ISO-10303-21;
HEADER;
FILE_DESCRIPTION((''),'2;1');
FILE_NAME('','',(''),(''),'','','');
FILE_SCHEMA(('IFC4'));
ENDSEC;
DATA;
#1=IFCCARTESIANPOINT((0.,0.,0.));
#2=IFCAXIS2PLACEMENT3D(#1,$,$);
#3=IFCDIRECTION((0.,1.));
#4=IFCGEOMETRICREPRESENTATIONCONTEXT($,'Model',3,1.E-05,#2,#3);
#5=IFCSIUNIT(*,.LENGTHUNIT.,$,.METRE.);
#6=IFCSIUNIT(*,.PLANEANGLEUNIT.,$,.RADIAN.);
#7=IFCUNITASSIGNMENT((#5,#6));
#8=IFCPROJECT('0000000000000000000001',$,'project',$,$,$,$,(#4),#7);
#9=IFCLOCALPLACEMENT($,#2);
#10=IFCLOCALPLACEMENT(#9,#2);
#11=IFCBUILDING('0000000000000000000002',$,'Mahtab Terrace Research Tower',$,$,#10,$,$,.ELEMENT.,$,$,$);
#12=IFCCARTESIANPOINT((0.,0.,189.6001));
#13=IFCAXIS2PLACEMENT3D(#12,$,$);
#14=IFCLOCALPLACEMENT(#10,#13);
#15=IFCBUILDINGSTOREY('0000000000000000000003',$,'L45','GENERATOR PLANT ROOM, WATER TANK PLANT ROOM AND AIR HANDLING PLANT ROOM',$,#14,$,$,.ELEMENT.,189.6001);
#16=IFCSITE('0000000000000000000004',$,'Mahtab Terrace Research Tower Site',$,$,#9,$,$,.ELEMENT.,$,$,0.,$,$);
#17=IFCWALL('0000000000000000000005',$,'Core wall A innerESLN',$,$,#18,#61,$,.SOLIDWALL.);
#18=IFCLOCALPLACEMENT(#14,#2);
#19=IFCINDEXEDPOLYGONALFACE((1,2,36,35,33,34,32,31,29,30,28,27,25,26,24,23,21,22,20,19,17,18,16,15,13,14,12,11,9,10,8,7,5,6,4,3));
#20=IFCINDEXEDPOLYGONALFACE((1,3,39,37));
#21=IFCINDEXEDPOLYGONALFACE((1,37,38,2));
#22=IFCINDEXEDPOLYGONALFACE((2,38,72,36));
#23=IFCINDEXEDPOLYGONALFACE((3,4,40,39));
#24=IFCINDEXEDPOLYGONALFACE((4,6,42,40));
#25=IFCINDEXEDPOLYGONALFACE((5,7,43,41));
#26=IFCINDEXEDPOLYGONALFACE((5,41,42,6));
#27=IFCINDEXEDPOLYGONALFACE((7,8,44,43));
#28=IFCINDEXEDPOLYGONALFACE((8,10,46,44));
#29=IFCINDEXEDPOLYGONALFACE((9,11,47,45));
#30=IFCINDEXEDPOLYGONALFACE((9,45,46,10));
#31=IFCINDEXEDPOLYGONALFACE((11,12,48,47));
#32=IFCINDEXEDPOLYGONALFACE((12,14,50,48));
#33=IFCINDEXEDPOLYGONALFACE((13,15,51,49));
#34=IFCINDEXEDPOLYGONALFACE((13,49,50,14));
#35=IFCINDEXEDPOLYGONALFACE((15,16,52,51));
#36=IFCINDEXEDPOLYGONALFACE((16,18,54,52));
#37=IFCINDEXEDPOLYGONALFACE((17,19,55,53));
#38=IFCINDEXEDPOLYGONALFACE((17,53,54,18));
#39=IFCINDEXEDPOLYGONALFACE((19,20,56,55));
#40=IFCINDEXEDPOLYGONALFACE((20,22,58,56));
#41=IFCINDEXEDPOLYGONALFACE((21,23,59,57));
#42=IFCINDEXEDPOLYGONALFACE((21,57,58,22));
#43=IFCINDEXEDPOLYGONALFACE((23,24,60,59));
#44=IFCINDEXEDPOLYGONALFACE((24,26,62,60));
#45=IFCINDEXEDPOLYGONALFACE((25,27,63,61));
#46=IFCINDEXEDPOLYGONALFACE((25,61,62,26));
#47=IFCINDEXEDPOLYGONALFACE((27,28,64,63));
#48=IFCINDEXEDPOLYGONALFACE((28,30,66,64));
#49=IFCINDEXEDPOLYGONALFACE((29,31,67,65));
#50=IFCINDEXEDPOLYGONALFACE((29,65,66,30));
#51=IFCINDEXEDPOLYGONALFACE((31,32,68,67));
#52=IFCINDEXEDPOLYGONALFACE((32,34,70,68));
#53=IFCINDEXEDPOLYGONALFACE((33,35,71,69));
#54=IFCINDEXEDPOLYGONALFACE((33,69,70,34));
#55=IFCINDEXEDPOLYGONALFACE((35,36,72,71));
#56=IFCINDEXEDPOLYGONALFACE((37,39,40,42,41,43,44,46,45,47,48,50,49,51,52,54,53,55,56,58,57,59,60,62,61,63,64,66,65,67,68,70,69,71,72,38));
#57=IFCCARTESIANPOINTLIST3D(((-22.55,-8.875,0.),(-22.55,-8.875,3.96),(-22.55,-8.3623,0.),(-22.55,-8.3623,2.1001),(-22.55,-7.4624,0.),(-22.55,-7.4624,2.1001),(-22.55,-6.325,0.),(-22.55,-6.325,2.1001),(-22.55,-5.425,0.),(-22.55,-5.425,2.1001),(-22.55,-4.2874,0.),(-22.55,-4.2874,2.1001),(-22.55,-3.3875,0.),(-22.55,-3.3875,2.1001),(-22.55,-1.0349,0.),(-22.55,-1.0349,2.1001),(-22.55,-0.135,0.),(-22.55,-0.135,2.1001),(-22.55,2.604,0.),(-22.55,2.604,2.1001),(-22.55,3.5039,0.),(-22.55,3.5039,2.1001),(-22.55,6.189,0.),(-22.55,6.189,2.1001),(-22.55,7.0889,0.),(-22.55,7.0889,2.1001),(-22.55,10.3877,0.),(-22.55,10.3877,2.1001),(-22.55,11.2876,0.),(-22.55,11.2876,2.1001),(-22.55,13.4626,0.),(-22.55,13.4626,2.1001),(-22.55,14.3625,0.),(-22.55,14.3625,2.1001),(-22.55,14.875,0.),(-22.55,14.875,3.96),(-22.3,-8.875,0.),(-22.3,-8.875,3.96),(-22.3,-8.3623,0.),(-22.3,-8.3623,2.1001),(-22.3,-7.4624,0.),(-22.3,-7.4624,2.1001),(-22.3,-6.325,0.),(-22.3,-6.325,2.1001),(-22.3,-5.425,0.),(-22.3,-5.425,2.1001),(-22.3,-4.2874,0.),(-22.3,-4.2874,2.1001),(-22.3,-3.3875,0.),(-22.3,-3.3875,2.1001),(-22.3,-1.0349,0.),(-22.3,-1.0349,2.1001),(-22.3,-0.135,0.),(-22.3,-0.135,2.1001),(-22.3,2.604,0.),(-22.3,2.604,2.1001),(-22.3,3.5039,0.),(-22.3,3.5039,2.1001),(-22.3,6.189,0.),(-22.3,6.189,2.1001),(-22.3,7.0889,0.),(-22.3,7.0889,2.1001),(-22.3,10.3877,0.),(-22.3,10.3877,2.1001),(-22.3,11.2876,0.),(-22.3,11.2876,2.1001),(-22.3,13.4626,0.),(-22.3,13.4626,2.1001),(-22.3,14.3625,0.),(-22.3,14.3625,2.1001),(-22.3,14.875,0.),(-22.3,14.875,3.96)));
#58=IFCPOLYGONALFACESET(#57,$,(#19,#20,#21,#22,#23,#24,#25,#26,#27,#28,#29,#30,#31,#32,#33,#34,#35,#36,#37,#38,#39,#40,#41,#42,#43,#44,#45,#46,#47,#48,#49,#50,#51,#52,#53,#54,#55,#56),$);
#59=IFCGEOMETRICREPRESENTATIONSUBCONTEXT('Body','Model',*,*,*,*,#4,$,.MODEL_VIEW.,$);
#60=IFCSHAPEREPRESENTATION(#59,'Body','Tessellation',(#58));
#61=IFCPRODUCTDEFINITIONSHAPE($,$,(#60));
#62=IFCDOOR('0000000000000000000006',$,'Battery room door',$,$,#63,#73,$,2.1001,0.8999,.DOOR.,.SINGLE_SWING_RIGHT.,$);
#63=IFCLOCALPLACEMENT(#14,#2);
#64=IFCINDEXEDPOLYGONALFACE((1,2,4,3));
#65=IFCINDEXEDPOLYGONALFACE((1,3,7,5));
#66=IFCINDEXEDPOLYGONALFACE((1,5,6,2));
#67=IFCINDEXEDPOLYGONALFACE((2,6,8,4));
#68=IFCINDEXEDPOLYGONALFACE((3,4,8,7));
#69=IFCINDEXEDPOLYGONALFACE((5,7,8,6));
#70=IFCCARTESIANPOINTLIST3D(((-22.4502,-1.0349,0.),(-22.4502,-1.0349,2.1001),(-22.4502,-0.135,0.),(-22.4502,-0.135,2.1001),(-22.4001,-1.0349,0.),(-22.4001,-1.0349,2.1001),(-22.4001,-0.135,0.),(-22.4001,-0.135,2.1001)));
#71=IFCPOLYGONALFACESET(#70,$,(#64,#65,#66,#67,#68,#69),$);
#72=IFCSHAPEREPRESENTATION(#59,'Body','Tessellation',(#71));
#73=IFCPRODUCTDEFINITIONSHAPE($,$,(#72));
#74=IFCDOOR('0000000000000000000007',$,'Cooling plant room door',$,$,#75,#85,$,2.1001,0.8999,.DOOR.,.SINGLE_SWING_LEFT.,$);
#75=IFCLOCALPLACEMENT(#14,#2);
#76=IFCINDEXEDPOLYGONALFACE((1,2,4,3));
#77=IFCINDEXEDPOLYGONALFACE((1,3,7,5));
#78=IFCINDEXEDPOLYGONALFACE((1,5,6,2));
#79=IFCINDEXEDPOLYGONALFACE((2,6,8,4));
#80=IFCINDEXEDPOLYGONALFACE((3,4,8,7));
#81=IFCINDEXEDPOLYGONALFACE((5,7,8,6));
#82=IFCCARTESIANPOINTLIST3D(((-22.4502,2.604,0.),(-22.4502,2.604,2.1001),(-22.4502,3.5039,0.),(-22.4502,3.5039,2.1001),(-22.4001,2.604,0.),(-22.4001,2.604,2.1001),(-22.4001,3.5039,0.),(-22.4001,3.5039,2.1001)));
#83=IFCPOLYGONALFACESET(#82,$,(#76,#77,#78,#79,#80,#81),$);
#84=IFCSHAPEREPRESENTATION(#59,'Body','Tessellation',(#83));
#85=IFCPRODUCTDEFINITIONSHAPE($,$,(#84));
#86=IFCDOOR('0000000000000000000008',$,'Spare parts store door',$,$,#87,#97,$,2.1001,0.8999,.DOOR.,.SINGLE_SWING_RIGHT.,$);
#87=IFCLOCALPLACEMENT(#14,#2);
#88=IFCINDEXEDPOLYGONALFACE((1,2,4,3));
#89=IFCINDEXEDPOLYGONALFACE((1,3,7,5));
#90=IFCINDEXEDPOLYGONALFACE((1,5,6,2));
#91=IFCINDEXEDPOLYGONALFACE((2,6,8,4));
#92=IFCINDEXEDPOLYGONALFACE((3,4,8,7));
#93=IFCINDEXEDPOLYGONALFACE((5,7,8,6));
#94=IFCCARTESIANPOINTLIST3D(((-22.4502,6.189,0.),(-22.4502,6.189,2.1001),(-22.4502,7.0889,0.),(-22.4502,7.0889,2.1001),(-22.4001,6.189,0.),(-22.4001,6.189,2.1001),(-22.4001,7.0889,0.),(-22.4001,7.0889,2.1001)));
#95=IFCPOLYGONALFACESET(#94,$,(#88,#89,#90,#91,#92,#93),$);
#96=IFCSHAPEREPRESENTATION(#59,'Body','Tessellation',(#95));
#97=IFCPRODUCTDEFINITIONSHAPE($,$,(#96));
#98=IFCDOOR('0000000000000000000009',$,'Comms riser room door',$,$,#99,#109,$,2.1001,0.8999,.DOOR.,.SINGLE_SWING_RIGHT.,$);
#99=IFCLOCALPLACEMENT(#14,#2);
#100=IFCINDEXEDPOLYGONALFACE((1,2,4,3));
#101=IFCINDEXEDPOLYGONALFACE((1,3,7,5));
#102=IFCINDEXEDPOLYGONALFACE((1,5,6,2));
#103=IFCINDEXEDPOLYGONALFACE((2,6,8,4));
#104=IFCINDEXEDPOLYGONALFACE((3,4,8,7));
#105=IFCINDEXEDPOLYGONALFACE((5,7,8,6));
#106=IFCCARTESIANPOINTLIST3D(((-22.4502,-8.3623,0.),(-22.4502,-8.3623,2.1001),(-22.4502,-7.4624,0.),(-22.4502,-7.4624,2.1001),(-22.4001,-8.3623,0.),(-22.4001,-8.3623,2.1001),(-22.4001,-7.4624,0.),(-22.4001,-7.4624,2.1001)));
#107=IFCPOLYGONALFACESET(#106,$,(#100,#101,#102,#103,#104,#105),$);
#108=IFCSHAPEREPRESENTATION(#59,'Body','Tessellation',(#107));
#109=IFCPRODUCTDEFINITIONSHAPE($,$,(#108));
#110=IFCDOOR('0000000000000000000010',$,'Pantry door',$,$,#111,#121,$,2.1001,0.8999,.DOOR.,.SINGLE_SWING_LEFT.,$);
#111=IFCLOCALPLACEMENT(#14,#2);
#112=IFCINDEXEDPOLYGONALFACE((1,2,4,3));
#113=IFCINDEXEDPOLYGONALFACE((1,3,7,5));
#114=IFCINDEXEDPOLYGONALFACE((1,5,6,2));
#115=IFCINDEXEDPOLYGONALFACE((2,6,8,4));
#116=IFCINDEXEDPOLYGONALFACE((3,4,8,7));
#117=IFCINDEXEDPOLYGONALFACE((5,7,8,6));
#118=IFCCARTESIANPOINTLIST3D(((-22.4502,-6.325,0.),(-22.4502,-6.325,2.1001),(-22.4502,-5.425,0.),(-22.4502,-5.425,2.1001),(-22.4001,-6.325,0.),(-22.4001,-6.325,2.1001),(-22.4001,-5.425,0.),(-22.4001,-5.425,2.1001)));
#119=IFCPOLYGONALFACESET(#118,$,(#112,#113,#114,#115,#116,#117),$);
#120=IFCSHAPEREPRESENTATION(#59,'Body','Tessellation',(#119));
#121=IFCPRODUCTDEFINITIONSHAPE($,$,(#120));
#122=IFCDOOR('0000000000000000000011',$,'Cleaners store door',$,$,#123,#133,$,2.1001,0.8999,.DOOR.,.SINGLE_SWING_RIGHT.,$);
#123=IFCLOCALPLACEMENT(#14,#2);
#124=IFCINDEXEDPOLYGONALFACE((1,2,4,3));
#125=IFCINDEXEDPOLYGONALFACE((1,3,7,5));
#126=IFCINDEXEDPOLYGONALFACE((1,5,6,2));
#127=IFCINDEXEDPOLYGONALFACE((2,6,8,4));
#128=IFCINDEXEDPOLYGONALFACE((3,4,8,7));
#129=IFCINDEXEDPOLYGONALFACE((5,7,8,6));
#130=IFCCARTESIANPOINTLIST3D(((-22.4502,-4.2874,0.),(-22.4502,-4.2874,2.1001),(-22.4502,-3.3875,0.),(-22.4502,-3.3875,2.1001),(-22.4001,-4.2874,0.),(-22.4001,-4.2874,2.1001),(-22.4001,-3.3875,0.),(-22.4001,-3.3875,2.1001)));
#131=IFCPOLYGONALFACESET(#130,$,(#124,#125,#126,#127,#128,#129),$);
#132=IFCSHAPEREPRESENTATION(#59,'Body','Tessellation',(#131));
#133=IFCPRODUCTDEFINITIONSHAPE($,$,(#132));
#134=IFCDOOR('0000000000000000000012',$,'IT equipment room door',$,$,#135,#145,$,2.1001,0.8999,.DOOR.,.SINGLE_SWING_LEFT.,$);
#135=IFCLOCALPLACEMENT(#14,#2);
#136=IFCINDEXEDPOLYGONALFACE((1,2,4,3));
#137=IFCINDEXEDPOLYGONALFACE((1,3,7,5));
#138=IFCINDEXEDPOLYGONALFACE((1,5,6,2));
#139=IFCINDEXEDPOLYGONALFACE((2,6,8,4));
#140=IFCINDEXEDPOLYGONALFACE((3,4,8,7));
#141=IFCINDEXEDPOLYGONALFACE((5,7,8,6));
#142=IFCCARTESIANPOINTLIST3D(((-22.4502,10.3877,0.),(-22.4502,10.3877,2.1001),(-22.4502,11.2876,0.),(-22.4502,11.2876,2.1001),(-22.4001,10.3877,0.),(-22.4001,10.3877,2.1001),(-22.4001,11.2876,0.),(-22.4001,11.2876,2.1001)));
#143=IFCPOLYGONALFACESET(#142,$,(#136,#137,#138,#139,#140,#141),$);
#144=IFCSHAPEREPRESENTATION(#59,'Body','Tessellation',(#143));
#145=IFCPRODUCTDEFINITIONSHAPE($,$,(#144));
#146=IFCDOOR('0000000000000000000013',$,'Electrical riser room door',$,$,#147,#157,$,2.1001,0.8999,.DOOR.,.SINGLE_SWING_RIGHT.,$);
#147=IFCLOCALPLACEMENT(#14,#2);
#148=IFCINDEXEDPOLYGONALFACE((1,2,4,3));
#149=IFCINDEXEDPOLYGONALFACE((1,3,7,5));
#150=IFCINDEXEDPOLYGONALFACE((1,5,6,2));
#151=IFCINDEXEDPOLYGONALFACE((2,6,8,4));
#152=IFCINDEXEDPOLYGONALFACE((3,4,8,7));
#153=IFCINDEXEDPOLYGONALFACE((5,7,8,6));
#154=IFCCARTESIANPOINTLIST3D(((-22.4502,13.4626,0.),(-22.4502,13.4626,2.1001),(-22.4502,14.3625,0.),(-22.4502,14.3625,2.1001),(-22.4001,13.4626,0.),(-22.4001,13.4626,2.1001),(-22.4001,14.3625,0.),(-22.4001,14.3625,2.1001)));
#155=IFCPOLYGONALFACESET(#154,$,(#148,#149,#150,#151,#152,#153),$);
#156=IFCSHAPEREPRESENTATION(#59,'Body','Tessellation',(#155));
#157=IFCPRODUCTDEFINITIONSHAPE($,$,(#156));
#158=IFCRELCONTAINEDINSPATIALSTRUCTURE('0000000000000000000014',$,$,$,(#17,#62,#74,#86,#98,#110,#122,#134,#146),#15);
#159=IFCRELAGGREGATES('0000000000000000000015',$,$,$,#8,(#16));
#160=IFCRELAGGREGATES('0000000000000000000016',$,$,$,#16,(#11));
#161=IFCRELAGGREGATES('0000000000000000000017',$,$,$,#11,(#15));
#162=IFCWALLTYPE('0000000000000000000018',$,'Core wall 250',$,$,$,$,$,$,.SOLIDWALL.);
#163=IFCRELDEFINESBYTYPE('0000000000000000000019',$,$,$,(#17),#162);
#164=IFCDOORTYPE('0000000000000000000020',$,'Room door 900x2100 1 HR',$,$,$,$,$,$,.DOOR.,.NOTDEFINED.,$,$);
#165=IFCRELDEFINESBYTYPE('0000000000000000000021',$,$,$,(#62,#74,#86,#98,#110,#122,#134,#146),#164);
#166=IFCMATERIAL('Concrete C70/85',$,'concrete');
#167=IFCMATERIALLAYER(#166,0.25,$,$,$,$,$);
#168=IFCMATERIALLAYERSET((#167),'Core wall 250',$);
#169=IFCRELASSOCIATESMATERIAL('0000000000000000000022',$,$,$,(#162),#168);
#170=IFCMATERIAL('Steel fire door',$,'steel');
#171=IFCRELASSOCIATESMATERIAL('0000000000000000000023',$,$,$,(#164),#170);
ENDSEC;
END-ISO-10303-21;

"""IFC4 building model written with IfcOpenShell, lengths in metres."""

from ifc_helpers import new_model, si_unit, direction, frame, frame_2d, origin, place, context, subcontext, project, spatial, rectangle, extrude, material, layer, layer_set, type_object, element, fill, save


model = new_model("IFC4")

# Units and contexts
model_context = context("Model", 3, precision=1e-05, world=origin(), true_north=direction((0.0, 1.0)))
body_context = subcontext(model_context, "Body", "Model", "MODEL_VIEW")
ifc_project = project(units=[si_unit("LENGTHUNIT", "METRE"), si_unit("PLANEANGLEUNIT", "RADIAN")], contexts=[model_context])

# Site, building, storey
site_placement = place(None, origin())
site = spatial("IfcSite", under=ifc_project, at=site_placement, Name="Mahtab Terrace Research Tower Site", CompositionType="ELEMENT", RefElevation=0.0)
building_placement = place(site_placement, origin())
building = spatial("IfcBuilding", under=site, at=building_placement, Name="Mahtab Terrace Research Tower", CompositionType="ELEMENT")
storey_placement = place(building_placement, frame((0.0, 0.0, 189.6001)))
storey = spatial("IfcBuildingStorey", under=building, at=storey_placement, Name="L45", Description="GENERATOR PLANT ROOM, WATER TANK PLANT ROOM AND AIR HANDLING PLANT ROOM", CompositionType="ELEMENT", Elevation=189.6001)

# Shared definitions
ifc_material_1 = material(Name="Concrete C70/85", Category="concrete")
ifc_layer_1 = layer(ifc_material_1, 0.25)
ifc_layer_set_1 = layer_set([ifc_layer_1], Name="Core wall 250")
wall_type_1 = type_object("IfcWallType", Name="Core wall 250", PredefinedType="SOLIDWALL", material=ifc_layer_set_1)

# Shared definitions
ifc_material_2 = material(Name="Steel fire door", Category="steel")

# Wall, openings, doors
wall_1_placement = place(storey_placement, frame((-22.425, 14.875, 0.0), z_axis=(0.0, 0.0, 1.0), x_axis=(0.0, -1.0, 0.0)))
wall_1 = element("IfcWall", 1, at=wall_1_placement, inside=storey, type_object=wall_type_1, Name="Core wall A innerESLN", PredefinedType="SOLIDWALL", context=body_context, shape_type="SweptSolid", body=[
    extrude(rectangle(XDim=23.75, YDim=0.25, at=frame_2d((11.875, 0.0))), origin(), (0.0, 0.0, 1.0), 3.96),
])
opening_1_placement = place(wall_1_placement, frame((15.01, 0.0, 0.0)))
opening_1 = element("IfcOpeningElement", 2, at=opening_1_placement, cuts=wall_1, PredefinedType="OPENING", context=body_context, shape_type="SweptSolid", body=[
    extrude(rectangle(XDim=0.8999, YDim=2.1001, at=frame_2d((0.45, 1.05))), frame((0.0, 0.135, 0.0), z_axis=(0.0, -1.0, 0.0), x_axis=(1.0, 0.0, 0.0)), (0.0, 0.0, 1.0), 0.27),
])
opening_2_placement = place(wall_1_placement, frame((11.3711, 0.0, 0.0)))
opening_2 = element("IfcOpeningElement", 3, at=opening_2_placement, cuts=wall_1, PredefinedType="OPENING", context=body_context, shape_type="SweptSolid", body=[
    extrude(rectangle(XDim=0.8999, YDim=2.1001, at=frame_2d((0.45, 1.05))), frame((0.0, 0.135, 0.0), z_axis=(0.0, -1.0, 0.0), x_axis=(1.0, 0.0, 0.0)), (0.0, 0.0, 1.0), 0.27),
])
opening_3_placement = place(wall_1_placement, frame((7.7861, 0.0, 0.0)))
opening_3 = element("IfcOpeningElement", 4, at=opening_3_placement, cuts=wall_1, PredefinedType="OPENING", context=body_context, shape_type="SweptSolid", body=[
    extrude(rectangle(XDim=0.8999, YDim=2.1001, at=frame_2d((0.45, 1.05))), frame((0.0, 0.135, 0.0), z_axis=(0.0, -1.0, 0.0), x_axis=(1.0, 0.0, 0.0)), (0.0, 0.0, 1.0), 0.27),
])
opening_4_placement = place(wall_1_placement, frame((22.3374, 0.0, 0.0)))
opening_4 = element("IfcOpeningElement", 5, at=opening_4_placement, cuts=wall_1, PredefinedType="OPENING", context=body_context, shape_type="SweptSolid", body=[
    extrude(rectangle(XDim=0.8999, YDim=2.1001, at=frame_2d((0.45, 1.05))), frame((0.0, 0.135, 0.0), z_axis=(0.0, -1.0, 0.0), x_axis=(1.0, 0.0, 0.0)), (0.0, 0.0, 1.0), 0.27),
])
opening_5_placement = place(wall_1_placement, frame((20.3, 0.0, 0.0)))
opening_5 = element("IfcOpeningElement", 6, at=opening_5_placement, cuts=wall_1, PredefinedType="OPENING", context=body_context, shape_type="SweptSolid", body=[
    extrude(rectangle(XDim=0.8999, YDim=2.1001, at=frame_2d((0.45, 1.05))), frame((0.0, 0.135, 0.0), z_axis=(0.0, -1.0, 0.0), x_axis=(1.0, 0.0, 0.0)), (0.0, 0.0, 1.0), 0.27),
])
opening_6_placement = place(wall_1_placement, frame((18.2625, 0.0, 0.0)))
opening_6 = element("IfcOpeningElement", 7, at=opening_6_placement, cuts=wall_1, PredefinedType="OPENING", context=body_context, shape_type="SweptSolid", body=[
    extrude(rectangle(XDim=0.8999, YDim=2.1001, at=frame_2d((0.45, 1.05))), frame((0.0, 0.135, 0.0), z_axis=(0.0, -1.0, 0.0), x_axis=(1.0, 0.0, 0.0)), (0.0, 0.0, 1.0), 0.27),
])
opening_7_placement = place(wall_1_placement, frame((3.5874, 0.0, 0.0)))
opening_7 = element("IfcOpeningElement", 8, at=opening_7_placement, cuts=wall_1, PredefinedType="OPENING", context=body_context, shape_type="SweptSolid", body=[
    extrude(rectangle(XDim=0.8999, YDim=2.1001, at=frame_2d((0.45, 1.05))), frame((0.0, 0.135, 0.0), z_axis=(0.0, -1.0, 0.0), x_axis=(1.0, 0.0, 0.0)), (0.0, 0.0, 1.0), 0.27),
])
opening_8_placement = place(wall_1_placement, frame((0.5125, 0.0, 0.0)))
opening_8 = element("IfcOpeningElement", 9, at=opening_8_placement, cuts=wall_1, PredefinedType="OPENING", context=body_context, shape_type="SweptSolid", body=[
    extrude(rectangle(XDim=0.8999, YDim=2.1001, at=frame_2d((0.45, 1.05))), frame((0.0, 0.135, 0.0), z_axis=(0.0, -1.0, 0.0), x_axis=(1.0, 0.0, 0.0)), (0.0, 0.0, 1.0), 0.27),
])
door_type_1 = type_object("IfcDoorType", Name="Room door 900x2100 1 HR", OperationType="NOTDEFINED", PredefinedType="DOOR", material=ifc_material_2)
door_1_placement = place(opening_1_placement, origin())
door_1 = element("IfcDoor", 10, at=door_1_placement, inside=storey, type_object=door_type_1, Name="Battery room door", OperationType="SINGLE_SWING_RIGHT", OverallHeight=2.1001, OverallWidth=0.8999, PredefinedType="DOOR", context=body_context, shape_type="SweptSolid", body=[
    extrude(rectangle(XDim=0.8999, YDim=2.1001, at=frame_2d((0.45, 1.05))), frame((0.0, 0.0249, 0.0), z_axis=(0.0, -1.0, 0.0), x_axis=(1.0, 0.0, 0.0)), (0.0, 0.0, 1.0), 0.05),
])
fill(opening_1, door_1)
door_2_placement = place(opening_2_placement, origin())
door_2 = element("IfcDoor", 11, at=door_2_placement, inside=storey, type_object=door_type_1, Name="Cooling plant room door", OperationType="SINGLE_SWING_LEFT", OverallHeight=2.1001, OverallWidth=0.8999, PredefinedType="DOOR", context=body_context, shape_type="SweptSolid", body=[
    extrude(rectangle(XDim=0.8999, YDim=2.1001, at=frame_2d((0.45, 1.05))), frame((0.0, 0.0249, 0.0), z_axis=(0.0, -1.0, 0.0), x_axis=(1.0, 0.0, 0.0)), (0.0, 0.0, 1.0), 0.05),
])
fill(opening_2, door_2)
door_3_placement = place(opening_3_placement, origin())
door_3 = element("IfcDoor", 12, at=door_3_placement, inside=storey, type_object=door_type_1, Name="Spare parts store door", OperationType="SINGLE_SWING_RIGHT", OverallHeight=2.1001, OverallWidth=0.8999, PredefinedType="DOOR", context=body_context, shape_type="SweptSolid", body=[
    extrude(rectangle(XDim=0.8999, YDim=2.1001, at=frame_2d((0.45, 1.05))), frame((0.0, 0.0249, 0.0), z_axis=(0.0, -1.0, 0.0), x_axis=(1.0, 0.0, 0.0)), (0.0, 0.0, 1.0), 0.05),
])
fill(opening_3, door_3)
door_4_placement = place(opening_4_placement, origin())
door_4 = element("IfcDoor", 13, at=door_4_placement, inside=storey, type_object=door_type_1, Name="Comms riser room door", OperationType="SINGLE_SWING_RIGHT", OverallHeight=2.1001, OverallWidth=0.8999, PredefinedType="DOOR", context=body_context, shape_type="SweptSolid", body=[
    extrude(rectangle(XDim=0.8999, YDim=2.1001, at=frame_2d((0.45, 1.05))), frame((0.0, 0.0249, 0.0), z_axis=(0.0, -1.0, 0.0), x_axis=(1.0, 0.0, 0.0)), (0.0, 0.0, 1.0), 0.05),
])
fill(opening_4, door_4)
door_5_placement = place(opening_5_placement, origin())
door_5 = element("IfcDoor", 14, at=door_5_placement, inside=storey, type_object=door_type_1, Name="Pantry door", OperationType="SINGLE_SWING_LEFT", OverallHeight=2.1001, OverallWidth=0.8999, PredefinedType="DOOR", context=body_context, shape_type="SweptSolid", body=[
    extrude(rectangle(XDim=0.8999, YDim=2.1001, at=frame_2d((0.45, 1.05))), frame((0.0, 0.0249, 0.0), z_axis=(0.0, -1.0, 0.0), x_axis=(1.0, 0.0, 0.0)), (0.0, 0.0, 1.0), 0.05),
])
fill(opening_5, door_5)
door_6_placement = place(opening_6_placement, origin())
door_6 = element("IfcDoor", 15, at=door_6_placement, inside=storey, type_object=door_type_1, Name="Cleaners store door", OperationType="SINGLE_SWING_RIGHT", OverallHeight=2.1001, OverallWidth=0.8999, PredefinedType="DOOR", context=body_context, shape_type="SweptSolid", body=[
    extrude(rectangle(XDim=0.8999, YDim=2.1001, at=frame_2d((0.45, 1.05))), frame((0.0, 0.0249, 0.0), z_axis=(0.0, -1.0, 0.0), x_axis=(1.0, 0.0, 0.0)), (0.0, 0.0, 1.0), 0.05),
])
fill(opening_6, door_6)
door_7_placement = place(opening_7_placement, origin())
door_7 = element("IfcDoor", 16, at=door_7_placement, inside=storey, type_object=door_type_1, Name="IT equipment room door", OperationType="SINGLE_SWING_LEFT", OverallHeight=2.1001, OverallWidth=0.8999, PredefinedType="DOOR", context=body_context, shape_type="SweptSolid", body=[
    extrude(rectangle(XDim=0.8999, YDim=2.1001, at=frame_2d((0.45, 1.05))), frame((0.0, 0.0249, 0.0), z_axis=(0.0, -1.0, 0.0), x_axis=(1.0, 0.0, 0.0)), (0.0, 0.0, 1.0), 0.05),
])
fill(opening_7, door_7)
door_8_placement = place(opening_8_placement, origin())
door_8 = element("IfcDoor", 17, at=door_8_placement, inside=storey, type_object=door_type_1, Name="Electrical riser room door", OperationType="SINGLE_SWING_RIGHT", OverallHeight=2.1001, OverallWidth=0.8999, PredefinedType="DOOR", context=body_context, shape_type="SweptSolid", body=[
    extrude(rectangle(XDim=0.8999, YDim=2.1001, at=frame_2d((0.45, 1.05))), frame((0.0, 0.0249, 0.0), z_axis=(0.0, -1.0, 0.0), x_axis=(1.0, 0.0, 0.0)), (0.0, 0.0, 1.0), 0.05),
])
fill(opening_8, door_8)

save(model, "model.ifc")
